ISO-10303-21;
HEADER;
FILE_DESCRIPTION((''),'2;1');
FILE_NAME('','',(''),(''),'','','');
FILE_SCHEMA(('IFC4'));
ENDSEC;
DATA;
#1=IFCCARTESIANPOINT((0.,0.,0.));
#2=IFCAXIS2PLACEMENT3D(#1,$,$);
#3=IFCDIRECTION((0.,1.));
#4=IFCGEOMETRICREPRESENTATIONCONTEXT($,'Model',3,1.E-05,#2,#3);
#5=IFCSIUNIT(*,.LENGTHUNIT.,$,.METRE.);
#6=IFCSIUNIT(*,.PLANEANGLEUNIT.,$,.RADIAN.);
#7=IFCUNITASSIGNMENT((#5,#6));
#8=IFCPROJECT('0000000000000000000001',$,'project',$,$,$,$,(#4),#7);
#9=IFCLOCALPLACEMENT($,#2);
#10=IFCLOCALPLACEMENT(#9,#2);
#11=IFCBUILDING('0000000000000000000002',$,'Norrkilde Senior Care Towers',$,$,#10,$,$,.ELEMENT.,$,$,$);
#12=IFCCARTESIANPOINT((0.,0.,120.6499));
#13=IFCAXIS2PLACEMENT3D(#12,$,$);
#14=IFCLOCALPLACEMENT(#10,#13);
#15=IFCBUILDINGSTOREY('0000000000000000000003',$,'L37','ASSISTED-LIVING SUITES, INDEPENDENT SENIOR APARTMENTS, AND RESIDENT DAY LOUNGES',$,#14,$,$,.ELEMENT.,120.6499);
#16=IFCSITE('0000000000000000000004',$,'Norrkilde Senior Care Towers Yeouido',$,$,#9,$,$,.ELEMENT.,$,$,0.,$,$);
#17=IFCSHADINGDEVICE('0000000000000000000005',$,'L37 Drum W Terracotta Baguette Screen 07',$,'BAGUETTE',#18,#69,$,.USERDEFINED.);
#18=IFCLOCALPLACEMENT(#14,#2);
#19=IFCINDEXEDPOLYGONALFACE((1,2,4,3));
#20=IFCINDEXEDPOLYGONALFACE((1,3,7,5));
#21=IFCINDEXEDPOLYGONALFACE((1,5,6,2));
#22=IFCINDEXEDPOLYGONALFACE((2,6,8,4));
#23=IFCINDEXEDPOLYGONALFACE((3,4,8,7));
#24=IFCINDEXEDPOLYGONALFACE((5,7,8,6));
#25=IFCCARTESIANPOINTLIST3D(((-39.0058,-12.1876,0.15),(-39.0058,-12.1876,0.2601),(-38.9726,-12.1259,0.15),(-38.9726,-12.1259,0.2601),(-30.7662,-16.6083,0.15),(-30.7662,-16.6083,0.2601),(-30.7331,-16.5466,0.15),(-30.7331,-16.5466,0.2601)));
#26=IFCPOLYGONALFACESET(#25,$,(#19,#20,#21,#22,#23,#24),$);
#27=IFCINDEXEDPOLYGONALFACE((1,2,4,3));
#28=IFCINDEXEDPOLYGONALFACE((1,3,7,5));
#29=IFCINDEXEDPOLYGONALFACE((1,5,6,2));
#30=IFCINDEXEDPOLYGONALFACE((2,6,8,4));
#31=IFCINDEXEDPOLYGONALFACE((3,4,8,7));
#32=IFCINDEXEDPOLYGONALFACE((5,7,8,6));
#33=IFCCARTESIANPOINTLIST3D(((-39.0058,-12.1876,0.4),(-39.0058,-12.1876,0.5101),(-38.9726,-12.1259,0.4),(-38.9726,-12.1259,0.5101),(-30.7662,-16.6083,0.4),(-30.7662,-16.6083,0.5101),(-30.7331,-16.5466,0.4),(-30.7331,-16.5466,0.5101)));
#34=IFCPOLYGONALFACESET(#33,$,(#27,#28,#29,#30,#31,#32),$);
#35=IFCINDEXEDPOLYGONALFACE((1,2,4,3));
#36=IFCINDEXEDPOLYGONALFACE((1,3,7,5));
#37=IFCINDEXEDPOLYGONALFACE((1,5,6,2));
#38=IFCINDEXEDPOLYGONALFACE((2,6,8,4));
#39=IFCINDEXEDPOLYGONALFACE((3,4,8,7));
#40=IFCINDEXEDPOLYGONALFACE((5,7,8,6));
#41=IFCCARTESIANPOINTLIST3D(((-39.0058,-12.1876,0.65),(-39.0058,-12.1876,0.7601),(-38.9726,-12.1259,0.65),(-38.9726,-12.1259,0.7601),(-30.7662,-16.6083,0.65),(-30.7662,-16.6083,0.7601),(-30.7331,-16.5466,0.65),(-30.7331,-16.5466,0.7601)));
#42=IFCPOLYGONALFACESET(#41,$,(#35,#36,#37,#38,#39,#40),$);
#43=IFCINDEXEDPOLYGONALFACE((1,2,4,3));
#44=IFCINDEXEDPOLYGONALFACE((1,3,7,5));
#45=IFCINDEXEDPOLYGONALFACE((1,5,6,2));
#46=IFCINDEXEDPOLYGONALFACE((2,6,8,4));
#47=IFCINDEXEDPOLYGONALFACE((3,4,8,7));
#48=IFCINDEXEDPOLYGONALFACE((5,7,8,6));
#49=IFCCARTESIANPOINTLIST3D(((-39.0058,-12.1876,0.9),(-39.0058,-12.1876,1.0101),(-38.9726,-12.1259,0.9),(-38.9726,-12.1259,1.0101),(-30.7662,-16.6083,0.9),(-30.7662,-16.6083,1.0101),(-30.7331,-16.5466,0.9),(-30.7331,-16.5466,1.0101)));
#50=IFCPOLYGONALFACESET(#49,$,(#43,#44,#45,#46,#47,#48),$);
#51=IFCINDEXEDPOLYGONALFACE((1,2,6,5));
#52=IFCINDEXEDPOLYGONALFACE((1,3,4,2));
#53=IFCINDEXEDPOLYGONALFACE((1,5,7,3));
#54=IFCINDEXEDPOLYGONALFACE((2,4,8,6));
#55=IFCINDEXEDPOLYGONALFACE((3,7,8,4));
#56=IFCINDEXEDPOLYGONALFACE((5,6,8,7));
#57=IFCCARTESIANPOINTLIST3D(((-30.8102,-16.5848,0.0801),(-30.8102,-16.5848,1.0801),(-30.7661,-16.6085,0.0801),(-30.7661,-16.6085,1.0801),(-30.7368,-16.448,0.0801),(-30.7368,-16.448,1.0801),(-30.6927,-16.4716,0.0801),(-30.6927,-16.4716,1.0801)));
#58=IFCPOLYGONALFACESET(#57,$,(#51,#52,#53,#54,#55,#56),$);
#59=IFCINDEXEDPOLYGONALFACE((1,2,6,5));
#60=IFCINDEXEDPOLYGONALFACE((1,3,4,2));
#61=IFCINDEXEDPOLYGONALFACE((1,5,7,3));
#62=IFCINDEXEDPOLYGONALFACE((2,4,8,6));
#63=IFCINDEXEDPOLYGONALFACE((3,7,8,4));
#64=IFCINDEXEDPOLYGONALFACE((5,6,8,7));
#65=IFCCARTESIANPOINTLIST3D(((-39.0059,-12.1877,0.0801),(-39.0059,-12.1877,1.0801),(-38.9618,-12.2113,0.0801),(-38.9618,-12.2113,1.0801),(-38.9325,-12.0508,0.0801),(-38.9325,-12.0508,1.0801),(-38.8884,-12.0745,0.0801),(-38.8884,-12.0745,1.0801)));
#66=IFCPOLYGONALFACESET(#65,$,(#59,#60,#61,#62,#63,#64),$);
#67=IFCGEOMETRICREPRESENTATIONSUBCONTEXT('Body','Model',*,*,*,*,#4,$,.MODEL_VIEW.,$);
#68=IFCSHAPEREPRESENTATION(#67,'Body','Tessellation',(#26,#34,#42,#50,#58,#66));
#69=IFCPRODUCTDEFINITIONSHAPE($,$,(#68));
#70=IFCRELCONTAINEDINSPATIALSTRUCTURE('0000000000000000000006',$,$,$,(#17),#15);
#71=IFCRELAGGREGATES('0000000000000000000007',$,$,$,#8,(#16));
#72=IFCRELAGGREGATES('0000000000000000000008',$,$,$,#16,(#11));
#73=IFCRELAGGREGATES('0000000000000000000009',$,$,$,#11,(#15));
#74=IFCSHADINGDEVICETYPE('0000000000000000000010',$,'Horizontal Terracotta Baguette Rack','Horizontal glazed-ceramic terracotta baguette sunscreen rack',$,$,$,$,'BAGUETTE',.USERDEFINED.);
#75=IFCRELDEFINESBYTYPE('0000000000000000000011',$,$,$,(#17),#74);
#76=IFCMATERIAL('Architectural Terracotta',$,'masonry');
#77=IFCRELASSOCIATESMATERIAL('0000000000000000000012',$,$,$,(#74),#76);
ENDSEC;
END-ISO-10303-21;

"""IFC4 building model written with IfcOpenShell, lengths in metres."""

from ifc_helpers import new_model, si_unit, direction, frame, origin, origin_2d, place, context, subcontext, project, spatial, rectangle, extrude, source, transform, mapped, material, type_object, type_shapes, element, save


model = new_model("IFC4")

# Units and contexts
model_context = context("Model", 3, precision=1e-05, world=origin(), true_north=direction((0.0, 1.0)))
body_context = subcontext(model_context, "Body", "Model", "MODEL_VIEW")
ifc_project = project(units=[si_unit("LENGTHUNIT", "METRE"), si_unit("PLANEANGLEUNIT", "RADIAN")], contexts=[model_context])

# Site, building, storey
site_placement = place(None, origin())
site = spatial("IfcSite", under=ifc_project, at=site_placement, Name="Norrkilde Senior Care Towers Yeouido", CompositionType="ELEMENT", RefElevation=0.0)
building_placement = place(site_placement, origin())
building = spatial("IfcBuilding", under=site, at=building_placement, Name="Norrkilde Senior Care Towers", CompositionType="ELEMENT")
storey_placement = place(building_placement, frame((0.0, 0.0, 120.6499)))
storey = spatial("IfcBuildingStorey", under=building, at=storey_placement, Name="L37", Description="ASSISTED-LIVING SUITES, INDEPENDENT SENIOR APARTMENTS, AND RESIDENT DAY LOUNGES", CompositionType="ELEMENT", Elevation=120.6499)

# Shading device
ifc_material_1 = material(Name="Architectural Terracotta", Category="masonry")
shading_device_type = type_object("IfcShadingDeviceType", Name="Horizontal Terracotta Baguette Rack", Description="Horizontal glazed-ceramic terracotta baguette sunscreen rack", ElementType="BAGUETTE", PredefinedType="USERDEFINED", material=ifc_material_1)
shared_shape_1 = source(origin(), body_context, "Body", "SweptSolid", [
    extrude(rectangle(XDim=0.0701, YDim=0.1101, at=origin_2d()), frame((0.0, 0.0901, 0.125), z_axis=(1.0, 0.0, 0.0), x_axis=(0.0, 1.0, 0.0)), (0.0, 0.0, 1.0), 9.3506),
    extrude(rectangle(XDim=0.0701, YDim=0.1101, at=origin_2d()), frame((0.0, 0.0901, 0.375), z_axis=(1.0, 0.0, 0.0), x_axis=(0.0, 1.0, 0.0)), (0.0, 0.0, 1.0), 9.3506),
    extrude(rectangle(XDim=0.0701, YDim=0.1101, at=origin_2d()), frame((0.0, 0.0901, 0.625), z_axis=(1.0, 0.0, 0.0), x_axis=(0.0, 1.0, 0.0)), (0.0, 0.0, 1.0), 9.3506),
    extrude(rectangle(XDim=0.0701, YDim=0.1101, at=origin_2d()), frame((0.0, 0.0901, 0.875), z_axis=(1.0, 0.0, 0.0), x_axis=(0.0, 1.0, 0.0)), (0.0, 0.0, 1.0), 9.3506),
    extrude(rectangle(XDim=0.05, YDim=0.1553, at=origin_2d()), frame((0.0249, 0.0476, 0.0)), (0.0, 0.0, 1.0), 1.0),
    extrude(rectangle(XDim=0.05, YDim=0.1553, at=origin_2d()), frame((9.3257, 0.0476, 0.0)), (0.0, 0.0, 1.0), 1.0),
])
type_shapes(shading_device_type, [shared_shape_1])
shading_device_placement = place(storey_placement, frame((-30.707, -16.498, 0.0801), z_axis=(0.0, 0.0, 1.0), x_axis=(-0.881175, 0.472768, 0.0)))
element("IfcShadingDevice", 1, at=shading_device_placement, inside=storey, type_object=shading_device_type, Name="L37 Drum W Terracotta Baguette Screen 07", ObjectType="BAGUETTE", PredefinedType="USERDEFINED", context=body_context, shape_type="MappedRepresentation", body=[
    mapped(shared_shape_1, transform((0.0, 0.0, 0.0), x_axis=(1.0, 0.0, 0.0), y_axis=(0.0, 1.0, 0.0), z_axis=(0.0, 0.0, 1.0), scale=1.0)),
])

save(model, "model.ifc")
